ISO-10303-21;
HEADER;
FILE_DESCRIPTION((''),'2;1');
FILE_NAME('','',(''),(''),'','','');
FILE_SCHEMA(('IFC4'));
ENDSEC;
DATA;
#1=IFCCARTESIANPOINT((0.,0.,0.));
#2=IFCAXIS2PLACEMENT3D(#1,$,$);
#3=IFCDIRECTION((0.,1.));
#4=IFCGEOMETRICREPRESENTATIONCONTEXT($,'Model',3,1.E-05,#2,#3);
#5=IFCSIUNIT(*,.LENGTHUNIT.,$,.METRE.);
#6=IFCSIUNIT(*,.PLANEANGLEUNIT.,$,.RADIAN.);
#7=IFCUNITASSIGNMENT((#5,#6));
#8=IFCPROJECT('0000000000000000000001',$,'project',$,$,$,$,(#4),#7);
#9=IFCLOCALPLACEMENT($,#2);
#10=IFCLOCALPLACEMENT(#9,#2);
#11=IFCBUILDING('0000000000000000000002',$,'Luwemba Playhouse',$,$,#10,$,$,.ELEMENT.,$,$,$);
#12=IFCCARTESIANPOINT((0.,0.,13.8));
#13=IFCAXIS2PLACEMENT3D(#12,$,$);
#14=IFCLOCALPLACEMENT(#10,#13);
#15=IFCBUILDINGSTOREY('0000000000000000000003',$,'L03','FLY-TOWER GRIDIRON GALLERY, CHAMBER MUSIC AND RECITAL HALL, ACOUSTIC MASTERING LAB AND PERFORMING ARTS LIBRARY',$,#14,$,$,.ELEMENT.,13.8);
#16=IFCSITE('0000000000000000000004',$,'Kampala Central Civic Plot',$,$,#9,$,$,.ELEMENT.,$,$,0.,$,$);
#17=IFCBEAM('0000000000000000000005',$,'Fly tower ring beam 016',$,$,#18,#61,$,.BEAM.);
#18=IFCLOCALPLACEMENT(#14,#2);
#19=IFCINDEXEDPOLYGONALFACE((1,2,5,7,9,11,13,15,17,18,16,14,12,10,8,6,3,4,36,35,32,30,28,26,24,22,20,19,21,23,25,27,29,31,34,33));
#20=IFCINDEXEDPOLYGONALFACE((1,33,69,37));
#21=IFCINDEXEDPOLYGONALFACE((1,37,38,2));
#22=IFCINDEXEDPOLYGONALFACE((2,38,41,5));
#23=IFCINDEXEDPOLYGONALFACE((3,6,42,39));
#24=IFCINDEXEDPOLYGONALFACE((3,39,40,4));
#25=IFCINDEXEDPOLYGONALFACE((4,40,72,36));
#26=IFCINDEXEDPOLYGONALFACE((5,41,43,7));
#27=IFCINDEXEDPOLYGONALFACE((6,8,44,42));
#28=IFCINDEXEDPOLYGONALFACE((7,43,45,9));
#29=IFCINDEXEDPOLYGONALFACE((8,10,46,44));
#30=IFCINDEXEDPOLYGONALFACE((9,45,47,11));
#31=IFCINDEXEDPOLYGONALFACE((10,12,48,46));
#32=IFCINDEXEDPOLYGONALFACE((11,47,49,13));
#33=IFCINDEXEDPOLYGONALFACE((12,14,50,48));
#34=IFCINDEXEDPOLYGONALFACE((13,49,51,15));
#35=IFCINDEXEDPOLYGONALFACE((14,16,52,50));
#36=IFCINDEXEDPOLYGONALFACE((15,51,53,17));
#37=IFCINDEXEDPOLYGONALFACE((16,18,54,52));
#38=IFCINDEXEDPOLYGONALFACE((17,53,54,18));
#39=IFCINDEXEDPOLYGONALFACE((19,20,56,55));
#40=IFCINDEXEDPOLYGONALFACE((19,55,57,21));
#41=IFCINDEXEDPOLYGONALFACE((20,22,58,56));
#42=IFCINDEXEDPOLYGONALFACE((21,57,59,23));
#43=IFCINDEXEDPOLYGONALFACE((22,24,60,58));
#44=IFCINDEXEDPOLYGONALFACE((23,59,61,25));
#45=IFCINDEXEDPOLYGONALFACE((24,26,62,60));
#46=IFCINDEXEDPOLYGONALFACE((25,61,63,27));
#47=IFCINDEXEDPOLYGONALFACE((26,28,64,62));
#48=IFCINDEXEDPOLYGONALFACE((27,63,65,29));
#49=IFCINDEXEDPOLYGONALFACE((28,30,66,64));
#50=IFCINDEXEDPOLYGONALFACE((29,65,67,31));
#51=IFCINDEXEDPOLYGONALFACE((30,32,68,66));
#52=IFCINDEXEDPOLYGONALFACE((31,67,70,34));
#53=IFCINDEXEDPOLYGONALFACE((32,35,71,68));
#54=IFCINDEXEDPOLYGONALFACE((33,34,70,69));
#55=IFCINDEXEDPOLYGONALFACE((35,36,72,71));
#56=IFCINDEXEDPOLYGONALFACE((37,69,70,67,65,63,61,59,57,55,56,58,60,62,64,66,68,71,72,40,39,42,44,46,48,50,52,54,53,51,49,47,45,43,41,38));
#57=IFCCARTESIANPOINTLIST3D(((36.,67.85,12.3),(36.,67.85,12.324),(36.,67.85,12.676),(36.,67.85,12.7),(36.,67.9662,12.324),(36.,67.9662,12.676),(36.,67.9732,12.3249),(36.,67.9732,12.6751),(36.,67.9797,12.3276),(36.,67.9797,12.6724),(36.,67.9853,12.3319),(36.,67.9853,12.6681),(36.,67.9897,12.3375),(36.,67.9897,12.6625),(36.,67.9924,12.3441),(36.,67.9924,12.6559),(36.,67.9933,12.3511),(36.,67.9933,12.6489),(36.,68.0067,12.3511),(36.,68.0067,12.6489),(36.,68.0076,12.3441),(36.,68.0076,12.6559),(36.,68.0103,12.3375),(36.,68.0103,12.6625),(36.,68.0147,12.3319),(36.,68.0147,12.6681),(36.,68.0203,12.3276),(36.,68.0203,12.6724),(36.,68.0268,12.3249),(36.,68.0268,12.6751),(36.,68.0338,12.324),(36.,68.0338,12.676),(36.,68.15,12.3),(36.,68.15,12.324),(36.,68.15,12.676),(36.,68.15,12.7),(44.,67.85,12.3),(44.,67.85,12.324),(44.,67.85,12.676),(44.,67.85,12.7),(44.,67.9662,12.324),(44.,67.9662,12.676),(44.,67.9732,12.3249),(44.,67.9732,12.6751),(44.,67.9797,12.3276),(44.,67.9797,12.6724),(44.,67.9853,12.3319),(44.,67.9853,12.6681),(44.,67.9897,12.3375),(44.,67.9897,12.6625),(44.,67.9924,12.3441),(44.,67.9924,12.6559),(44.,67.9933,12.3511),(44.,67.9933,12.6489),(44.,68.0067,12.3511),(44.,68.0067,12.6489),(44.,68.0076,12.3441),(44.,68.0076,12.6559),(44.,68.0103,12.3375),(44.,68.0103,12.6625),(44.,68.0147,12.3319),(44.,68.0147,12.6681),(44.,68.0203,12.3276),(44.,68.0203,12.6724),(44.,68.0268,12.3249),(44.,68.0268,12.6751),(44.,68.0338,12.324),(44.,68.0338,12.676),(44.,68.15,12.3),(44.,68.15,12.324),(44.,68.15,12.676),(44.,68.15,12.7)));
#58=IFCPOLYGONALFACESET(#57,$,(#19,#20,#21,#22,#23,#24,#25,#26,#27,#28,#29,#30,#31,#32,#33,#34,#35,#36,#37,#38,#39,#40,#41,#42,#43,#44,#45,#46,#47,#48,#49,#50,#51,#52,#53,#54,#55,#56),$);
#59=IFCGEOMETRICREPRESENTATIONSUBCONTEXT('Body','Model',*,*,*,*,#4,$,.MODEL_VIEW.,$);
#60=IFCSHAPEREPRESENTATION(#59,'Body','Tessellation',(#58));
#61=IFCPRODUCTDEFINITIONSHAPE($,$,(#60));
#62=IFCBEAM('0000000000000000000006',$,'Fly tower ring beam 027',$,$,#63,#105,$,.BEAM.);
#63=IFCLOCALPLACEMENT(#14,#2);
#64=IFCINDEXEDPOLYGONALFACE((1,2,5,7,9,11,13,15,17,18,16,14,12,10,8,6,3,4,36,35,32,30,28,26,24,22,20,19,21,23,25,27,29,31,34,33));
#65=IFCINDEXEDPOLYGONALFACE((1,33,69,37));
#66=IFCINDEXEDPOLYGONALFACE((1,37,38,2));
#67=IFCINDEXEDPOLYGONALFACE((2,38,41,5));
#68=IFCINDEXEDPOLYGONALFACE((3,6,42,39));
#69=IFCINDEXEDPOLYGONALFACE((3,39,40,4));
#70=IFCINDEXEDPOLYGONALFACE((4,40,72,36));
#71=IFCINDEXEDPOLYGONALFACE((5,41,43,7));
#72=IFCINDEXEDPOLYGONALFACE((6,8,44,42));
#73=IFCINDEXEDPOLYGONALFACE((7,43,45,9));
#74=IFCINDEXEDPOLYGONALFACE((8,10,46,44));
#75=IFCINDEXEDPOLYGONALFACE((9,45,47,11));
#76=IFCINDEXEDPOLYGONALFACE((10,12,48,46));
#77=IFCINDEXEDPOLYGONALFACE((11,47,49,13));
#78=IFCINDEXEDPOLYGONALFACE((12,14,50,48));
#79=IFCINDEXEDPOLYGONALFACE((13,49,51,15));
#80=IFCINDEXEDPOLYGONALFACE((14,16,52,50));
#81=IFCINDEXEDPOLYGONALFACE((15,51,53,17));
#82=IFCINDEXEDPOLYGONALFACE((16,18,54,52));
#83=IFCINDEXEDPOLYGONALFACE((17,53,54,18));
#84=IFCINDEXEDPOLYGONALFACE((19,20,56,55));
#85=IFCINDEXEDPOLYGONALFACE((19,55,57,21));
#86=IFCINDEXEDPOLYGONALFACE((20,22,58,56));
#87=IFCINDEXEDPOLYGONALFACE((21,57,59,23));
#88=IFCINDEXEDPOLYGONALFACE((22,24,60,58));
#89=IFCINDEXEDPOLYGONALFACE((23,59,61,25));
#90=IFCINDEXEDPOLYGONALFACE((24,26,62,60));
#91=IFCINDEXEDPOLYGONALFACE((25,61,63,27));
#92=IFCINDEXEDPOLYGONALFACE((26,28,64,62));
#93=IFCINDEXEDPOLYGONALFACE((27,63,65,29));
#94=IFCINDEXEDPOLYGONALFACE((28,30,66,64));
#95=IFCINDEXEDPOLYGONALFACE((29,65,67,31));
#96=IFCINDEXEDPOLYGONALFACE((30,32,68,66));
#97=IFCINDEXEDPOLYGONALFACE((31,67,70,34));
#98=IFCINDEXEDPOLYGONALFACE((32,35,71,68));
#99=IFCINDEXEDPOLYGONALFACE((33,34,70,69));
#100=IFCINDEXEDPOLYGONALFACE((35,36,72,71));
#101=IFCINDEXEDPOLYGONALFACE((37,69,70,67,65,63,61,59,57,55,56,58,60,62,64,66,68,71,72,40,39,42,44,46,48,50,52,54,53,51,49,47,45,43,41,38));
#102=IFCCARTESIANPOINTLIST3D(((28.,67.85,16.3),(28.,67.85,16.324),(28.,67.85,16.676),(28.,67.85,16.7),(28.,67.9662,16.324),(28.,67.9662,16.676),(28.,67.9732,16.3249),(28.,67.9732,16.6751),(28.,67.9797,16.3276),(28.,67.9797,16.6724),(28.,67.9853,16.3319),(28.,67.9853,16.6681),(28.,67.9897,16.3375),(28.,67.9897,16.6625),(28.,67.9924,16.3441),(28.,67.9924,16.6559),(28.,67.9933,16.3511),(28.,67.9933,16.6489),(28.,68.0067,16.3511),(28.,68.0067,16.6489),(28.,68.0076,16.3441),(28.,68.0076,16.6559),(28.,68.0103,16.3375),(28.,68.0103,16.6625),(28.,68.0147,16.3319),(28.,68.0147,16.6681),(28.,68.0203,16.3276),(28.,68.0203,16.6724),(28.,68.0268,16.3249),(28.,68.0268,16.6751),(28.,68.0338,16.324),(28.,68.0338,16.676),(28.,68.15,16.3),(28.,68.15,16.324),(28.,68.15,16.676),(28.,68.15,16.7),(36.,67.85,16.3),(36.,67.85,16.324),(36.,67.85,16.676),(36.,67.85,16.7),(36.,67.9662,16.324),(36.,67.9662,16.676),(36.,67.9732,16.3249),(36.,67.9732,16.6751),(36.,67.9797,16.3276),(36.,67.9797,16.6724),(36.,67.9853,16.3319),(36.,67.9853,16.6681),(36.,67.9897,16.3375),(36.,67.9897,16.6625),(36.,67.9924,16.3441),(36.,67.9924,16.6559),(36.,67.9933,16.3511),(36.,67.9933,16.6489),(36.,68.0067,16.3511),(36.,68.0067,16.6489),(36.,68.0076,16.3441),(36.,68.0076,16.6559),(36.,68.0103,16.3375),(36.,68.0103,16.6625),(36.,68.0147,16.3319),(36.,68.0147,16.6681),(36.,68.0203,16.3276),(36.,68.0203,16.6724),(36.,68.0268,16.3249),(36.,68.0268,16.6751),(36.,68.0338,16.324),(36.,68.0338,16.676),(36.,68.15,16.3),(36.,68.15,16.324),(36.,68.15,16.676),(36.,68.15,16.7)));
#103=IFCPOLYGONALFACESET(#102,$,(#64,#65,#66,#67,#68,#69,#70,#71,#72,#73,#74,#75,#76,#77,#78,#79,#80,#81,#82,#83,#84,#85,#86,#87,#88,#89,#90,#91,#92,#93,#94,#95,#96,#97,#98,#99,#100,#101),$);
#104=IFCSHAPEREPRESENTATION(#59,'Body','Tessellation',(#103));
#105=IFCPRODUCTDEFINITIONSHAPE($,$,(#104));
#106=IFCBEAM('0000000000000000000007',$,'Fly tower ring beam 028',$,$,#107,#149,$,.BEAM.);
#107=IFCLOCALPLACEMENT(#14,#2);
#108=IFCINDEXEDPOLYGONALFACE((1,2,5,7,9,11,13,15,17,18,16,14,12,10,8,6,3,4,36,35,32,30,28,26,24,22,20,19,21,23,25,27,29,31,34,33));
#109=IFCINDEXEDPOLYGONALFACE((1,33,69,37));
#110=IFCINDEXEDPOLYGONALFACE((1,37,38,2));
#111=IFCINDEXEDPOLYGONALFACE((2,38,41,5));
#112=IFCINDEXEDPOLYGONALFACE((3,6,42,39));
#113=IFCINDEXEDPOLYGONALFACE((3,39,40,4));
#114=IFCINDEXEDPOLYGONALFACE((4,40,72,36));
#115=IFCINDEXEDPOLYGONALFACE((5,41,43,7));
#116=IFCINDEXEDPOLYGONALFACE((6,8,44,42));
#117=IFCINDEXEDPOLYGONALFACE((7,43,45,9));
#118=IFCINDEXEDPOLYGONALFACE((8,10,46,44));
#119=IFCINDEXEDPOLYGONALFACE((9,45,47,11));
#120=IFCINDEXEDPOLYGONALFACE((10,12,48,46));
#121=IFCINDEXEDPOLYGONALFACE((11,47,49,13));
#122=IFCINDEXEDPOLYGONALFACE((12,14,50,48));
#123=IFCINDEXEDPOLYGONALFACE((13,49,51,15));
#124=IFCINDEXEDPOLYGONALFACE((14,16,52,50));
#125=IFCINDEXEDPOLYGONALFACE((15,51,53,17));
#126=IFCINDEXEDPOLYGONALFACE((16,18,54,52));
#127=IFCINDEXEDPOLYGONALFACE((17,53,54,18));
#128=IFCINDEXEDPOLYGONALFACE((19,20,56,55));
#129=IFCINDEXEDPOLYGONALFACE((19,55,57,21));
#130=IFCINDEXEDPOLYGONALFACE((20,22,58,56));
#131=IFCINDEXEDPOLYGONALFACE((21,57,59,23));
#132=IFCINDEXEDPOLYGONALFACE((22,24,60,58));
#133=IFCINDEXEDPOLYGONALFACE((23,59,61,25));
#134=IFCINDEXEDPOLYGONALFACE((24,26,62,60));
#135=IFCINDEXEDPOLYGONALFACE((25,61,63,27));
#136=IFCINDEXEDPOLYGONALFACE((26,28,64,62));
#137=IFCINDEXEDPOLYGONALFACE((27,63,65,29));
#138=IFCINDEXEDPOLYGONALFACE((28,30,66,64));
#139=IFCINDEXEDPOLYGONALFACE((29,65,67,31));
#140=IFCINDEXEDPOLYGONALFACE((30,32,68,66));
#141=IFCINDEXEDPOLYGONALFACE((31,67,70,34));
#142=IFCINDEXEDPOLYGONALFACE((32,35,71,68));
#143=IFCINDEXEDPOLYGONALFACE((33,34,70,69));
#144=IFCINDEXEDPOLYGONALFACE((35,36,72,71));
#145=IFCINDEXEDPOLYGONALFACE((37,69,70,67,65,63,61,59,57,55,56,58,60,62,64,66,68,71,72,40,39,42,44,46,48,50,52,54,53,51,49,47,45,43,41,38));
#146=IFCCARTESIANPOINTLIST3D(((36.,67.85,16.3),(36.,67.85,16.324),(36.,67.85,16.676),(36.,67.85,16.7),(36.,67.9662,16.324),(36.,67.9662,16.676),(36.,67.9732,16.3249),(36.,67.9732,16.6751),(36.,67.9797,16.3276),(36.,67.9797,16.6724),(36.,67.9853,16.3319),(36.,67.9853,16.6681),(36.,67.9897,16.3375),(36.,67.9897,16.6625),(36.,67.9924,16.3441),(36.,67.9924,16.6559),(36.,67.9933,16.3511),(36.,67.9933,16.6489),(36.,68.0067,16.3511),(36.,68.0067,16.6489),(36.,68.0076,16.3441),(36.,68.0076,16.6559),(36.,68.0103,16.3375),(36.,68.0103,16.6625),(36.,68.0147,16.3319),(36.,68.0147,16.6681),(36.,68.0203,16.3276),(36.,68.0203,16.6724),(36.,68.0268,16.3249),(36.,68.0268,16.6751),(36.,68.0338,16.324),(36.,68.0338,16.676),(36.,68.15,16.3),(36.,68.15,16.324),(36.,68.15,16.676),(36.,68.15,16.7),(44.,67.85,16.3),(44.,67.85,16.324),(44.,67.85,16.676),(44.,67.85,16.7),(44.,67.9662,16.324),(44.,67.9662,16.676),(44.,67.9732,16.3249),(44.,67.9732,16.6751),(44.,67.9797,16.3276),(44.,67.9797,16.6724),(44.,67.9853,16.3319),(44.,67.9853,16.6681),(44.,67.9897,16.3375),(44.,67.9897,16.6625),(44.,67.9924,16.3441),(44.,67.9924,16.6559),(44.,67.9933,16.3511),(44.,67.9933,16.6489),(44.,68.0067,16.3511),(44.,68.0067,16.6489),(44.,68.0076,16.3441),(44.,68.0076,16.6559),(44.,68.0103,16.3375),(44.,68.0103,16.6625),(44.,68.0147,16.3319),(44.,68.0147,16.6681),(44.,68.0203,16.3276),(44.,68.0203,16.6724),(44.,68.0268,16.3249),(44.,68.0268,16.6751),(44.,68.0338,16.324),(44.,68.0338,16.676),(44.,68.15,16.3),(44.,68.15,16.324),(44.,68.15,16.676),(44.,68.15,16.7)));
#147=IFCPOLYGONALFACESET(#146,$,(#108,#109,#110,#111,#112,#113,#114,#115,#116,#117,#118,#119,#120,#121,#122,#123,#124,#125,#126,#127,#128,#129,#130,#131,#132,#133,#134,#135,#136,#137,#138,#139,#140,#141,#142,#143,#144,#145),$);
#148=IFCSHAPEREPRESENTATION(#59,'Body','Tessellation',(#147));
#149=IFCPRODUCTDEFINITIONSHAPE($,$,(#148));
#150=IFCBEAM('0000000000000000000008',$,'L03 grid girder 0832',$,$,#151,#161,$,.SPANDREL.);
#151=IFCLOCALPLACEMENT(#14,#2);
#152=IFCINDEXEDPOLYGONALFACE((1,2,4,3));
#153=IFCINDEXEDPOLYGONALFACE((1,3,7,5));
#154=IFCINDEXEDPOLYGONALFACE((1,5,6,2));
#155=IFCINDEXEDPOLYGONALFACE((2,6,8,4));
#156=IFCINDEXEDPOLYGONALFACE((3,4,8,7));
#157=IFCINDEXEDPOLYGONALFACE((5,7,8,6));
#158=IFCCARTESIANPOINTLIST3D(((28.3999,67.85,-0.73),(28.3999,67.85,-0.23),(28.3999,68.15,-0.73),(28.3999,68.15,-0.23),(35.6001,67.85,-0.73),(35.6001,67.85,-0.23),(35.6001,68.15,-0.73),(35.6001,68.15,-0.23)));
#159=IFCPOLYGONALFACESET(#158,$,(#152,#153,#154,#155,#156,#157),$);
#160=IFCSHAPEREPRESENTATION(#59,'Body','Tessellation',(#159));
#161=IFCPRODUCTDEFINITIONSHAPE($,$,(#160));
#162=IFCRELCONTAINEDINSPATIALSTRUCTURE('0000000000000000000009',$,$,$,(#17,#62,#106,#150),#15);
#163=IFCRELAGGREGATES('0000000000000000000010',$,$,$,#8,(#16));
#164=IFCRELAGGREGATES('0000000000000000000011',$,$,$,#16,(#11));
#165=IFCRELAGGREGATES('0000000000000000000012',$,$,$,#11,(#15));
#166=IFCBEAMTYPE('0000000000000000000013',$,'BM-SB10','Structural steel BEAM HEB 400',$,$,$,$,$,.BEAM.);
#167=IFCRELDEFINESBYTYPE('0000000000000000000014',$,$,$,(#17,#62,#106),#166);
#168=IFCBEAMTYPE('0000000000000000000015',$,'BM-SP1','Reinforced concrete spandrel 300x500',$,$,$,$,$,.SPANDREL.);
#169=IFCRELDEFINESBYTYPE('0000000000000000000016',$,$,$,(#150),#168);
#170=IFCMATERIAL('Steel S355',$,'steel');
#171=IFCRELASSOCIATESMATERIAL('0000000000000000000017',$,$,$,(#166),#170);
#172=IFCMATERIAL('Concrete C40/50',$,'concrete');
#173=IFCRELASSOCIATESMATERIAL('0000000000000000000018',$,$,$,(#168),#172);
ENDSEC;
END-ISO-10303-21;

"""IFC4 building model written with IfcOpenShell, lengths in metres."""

from ifc_helpers import new_model, si_unit, direction, frame, origin, origin_2d, place, context, subcontext, project, spatial, rectangle, i_section, extrude, material, material_profile, profile_set, type_object, element, save


model = new_model("IFC4")

# Units and contexts
model_context = context("Model", 3, precision=1e-05, world=origin(), true_north=direction((0.0, 1.0)))
body_context = subcontext(model_context, "Body", "Model", "MODEL_VIEW")
ifc_project = project(units=[si_unit("LENGTHUNIT", "METRE"), si_unit("PLANEANGLEUNIT", "RADIAN")], contexts=[model_context])

# Site, building, storey
site_placement = place(None, origin())
site = spatial("IfcSite", under=ifc_project, at=site_placement, Name="Kampala Central Civic Plot", CompositionType="ELEMENT", RefElevation=0.0)
building_placement = place(site_placement, origin())
building = spatial("IfcBuilding", under=site, at=building_placement, Name="Luwemba Playhouse", CompositionType="ELEMENT")
storey_placement = place(building_placement, frame((0.0, 0.0, 13.8)))
storey = spatial("IfcBuildingStorey", under=building, at=storey_placement, Name="L03", Description="FLY-TOWER GRIDIRON GALLERY, CHAMBER MUSIC AND RECITAL HALL, ACOUSTIC MASTERING LAB AND PERFORMING ARTS LIBRARY", CompositionType="ELEMENT", Elevation=13.8)

# Shared definitions
ifc_material_1 = material(Name="Concrete C40/50", Category="concrete")
ifc_material_2 = material(Name="Steel S355", Category="steel")

# Beams
ifc_material_profile_1 = material_profile(ifc_material_2, i_section(OverallWidth=0.3, OverallDepth=0.3999, WebThickness=0.0134, FlangeThickness=0.0239, FilletRadius=0.0271, at=origin_2d()))
ifc_profile_set_1 = profile_set([ifc_material_profile_1], Name="Steel S355")
beam_type_1 = type_object("IfcBeamType", Name="BM-SB10", Description="Structural steel BEAM HEB 400", PredefinedType="BEAM", material=ifc_profile_set_1)
for number, where, z_axis, x_axis, name in (
    (1, (36.0, 68.0, 12.5), (1.0, 0.0, 0.0), (0.0, 1.0, 0.0), "Fly tower ring beam 016"),
    (2, (28.0, 68.0, 16.5), (1.0, 0.0, 0.0), (0.0, 1.0, 0.0), "Fly tower ring beam 027"),
    (3, (36.0, 68.0, 16.5), (1.0, 0.0, 0.0), (0.0, 1.0, 0.0), "Fly tower ring beam 028"),
):
    element("IfcBeam", number, at=place(storey_placement, frame(where, z_axis=z_axis, x_axis=x_axis)), inside=storey, type_object=beam_type_1, Name=name, PredefinedType="BEAM", context=body_context, shape_type="SweptSolid", body=[
        extrude(i_section(OverallWidth=0.3, OverallDepth=0.3999, WebThickness=0.0134, FlangeThickness=0.0239, FilletRadius=0.0271, at=origin_2d()), origin(), (0.0, 0.0, 1.0), 8.0),
    ])
ifc_material_profile_2 = material_profile(ifc_material_1, rectangle(XDim=0.3, YDim=0.5, at=origin_2d()))
ifc_profile_set_2 = profile_set([ifc_material_profile_2], Name="Concrete C40/50")
beam_type_2 = type_object("IfcBeamType", Name="BM-SP1", Description="Reinforced concrete spandrel 300x500", PredefinedType="SPANDREL", material=ifc_profile_set_2)
beam_1_placement = place(storey_placement, frame((28.3999, 68.0, -0.48), z_axis=(1.0, 0.0, 0.0), x_axis=(0.0, 1.0, 0.0)))
element("IfcBeam", 4, at=beam_1_placement, inside=storey, type_object=beam_type_2, Name="L03 grid girder 0832", PredefinedType="SPANDREL", context=body_context, shape_type="SweptSolid", body=[
    extrude(rectangle(XDim=0.3, YDim=0.5, at=origin_2d()), origin(), (0.0, 0.0, 1.0), 7.2002),
])

save(model, "model.ifc")
